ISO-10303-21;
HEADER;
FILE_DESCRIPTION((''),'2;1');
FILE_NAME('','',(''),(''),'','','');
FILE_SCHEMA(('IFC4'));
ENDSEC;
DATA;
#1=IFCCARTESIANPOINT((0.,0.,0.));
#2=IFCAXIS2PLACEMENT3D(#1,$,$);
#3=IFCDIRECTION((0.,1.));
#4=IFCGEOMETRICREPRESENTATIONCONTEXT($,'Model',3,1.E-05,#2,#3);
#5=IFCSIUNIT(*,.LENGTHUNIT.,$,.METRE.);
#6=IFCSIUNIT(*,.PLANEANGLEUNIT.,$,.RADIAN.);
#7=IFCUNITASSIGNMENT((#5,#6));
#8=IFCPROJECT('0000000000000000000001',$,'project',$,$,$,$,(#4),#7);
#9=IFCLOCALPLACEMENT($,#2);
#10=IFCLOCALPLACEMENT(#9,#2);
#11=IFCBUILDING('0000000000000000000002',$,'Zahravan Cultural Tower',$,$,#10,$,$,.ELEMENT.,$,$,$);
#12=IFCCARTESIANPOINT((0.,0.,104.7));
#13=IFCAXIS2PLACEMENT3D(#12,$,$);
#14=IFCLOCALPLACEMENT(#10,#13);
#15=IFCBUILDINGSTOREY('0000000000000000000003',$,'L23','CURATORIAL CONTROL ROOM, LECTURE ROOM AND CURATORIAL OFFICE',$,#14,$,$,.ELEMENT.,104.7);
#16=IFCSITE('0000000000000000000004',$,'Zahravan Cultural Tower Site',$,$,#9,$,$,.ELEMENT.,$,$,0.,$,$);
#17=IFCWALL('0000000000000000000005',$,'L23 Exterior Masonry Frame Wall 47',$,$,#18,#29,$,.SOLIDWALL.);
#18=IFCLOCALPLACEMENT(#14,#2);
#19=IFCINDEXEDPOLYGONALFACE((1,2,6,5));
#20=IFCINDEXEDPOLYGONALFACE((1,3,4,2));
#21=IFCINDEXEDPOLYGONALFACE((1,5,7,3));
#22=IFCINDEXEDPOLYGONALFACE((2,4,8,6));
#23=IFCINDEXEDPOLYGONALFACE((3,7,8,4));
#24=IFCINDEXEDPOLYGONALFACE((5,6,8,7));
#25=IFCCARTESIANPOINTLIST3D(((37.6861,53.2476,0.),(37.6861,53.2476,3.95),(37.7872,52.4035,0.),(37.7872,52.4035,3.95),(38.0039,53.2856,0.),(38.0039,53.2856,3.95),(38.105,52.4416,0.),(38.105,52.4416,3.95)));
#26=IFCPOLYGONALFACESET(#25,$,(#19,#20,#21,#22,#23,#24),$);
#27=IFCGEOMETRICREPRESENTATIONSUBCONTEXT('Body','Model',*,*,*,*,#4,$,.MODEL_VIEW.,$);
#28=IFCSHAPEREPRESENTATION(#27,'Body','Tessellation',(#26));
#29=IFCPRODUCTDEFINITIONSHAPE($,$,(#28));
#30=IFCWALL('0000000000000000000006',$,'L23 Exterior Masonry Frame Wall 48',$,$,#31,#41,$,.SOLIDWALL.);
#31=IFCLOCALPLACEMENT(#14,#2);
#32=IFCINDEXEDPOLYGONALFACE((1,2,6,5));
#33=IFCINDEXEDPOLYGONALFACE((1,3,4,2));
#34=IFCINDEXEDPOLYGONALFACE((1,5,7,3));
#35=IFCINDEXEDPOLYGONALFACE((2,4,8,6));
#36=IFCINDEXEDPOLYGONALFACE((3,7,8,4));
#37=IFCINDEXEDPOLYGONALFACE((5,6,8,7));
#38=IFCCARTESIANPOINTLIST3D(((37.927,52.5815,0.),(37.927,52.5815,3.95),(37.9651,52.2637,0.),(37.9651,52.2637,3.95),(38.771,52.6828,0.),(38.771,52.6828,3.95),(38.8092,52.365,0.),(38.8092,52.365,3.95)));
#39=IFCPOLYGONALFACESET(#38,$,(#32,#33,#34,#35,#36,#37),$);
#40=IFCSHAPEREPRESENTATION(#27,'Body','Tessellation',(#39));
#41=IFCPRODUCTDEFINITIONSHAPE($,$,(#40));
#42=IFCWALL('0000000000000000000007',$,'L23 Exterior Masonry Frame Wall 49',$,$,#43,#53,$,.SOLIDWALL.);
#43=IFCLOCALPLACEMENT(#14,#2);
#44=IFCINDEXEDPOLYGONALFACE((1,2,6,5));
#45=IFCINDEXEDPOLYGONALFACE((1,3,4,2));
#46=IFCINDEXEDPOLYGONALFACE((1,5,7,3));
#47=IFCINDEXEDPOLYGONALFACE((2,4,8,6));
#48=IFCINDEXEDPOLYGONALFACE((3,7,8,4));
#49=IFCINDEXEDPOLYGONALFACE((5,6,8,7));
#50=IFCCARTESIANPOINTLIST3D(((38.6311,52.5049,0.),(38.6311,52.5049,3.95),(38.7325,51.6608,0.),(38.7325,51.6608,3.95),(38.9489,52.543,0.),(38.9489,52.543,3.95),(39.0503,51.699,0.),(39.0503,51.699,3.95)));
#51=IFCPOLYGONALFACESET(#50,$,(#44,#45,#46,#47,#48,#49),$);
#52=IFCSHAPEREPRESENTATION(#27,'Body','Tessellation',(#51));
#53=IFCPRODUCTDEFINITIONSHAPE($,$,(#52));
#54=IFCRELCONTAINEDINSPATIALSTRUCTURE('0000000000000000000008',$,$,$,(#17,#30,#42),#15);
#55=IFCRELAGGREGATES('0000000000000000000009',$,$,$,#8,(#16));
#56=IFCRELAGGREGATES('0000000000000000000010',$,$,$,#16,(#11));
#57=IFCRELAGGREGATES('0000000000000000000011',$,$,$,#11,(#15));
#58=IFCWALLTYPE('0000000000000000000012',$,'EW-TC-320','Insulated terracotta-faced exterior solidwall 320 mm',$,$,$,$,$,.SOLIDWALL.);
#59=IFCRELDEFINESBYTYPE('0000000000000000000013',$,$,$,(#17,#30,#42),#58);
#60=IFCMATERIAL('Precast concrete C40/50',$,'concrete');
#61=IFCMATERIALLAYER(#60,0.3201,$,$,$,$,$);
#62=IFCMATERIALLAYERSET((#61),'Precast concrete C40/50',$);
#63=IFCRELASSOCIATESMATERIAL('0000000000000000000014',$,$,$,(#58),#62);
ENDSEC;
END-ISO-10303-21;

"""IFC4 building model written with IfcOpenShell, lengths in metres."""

from ifc_helpers import new_model, si_unit, direction, frame, frame_2d, origin, place, context, subcontext, project, spatial, rectangle, extrude, source, transform, mapped, material, layer, layer_set, type_object, element, save


model = new_model("IFC4")

# Units and contexts
model_context = context("Model", 3, precision=1e-05, world=origin(), true_north=direction((0.0, 1.0)))
body_context = subcontext(model_context, "Body", "Model", "MODEL_VIEW")
ifc_project = project(units=[si_unit("LENGTHUNIT", "METRE"), si_unit("PLANEANGLEUNIT", "RADIAN")], contexts=[model_context])

# Site, building, storey
site_placement = place(None, origin())
site = spatial("IfcSite", under=ifc_project, at=site_placement, Name="Zahravan Cultural Tower Site", CompositionType="ELEMENT", RefElevation=0.0)
building_placement = place(site_placement, origin())
building = spatial("IfcBuilding", under=site, at=building_placement, Name="Zahravan Cultural Tower", CompositionType="ELEMENT")
storey_placement = place(building_placement, frame((0.0, 0.0, 104.7)))
storey = spatial("IfcBuildingStorey", under=building, at=storey_placement, Name="L23", Description="CURATORIAL CONTROL ROOM, LECTURE ROOM AND CURATORIAL OFFICE", CompositionType="ELEMENT", Elevation=104.7)

# Walls
ifc_material_1 = material(Name="Precast concrete C40/50", Category="concrete")
ifc_layer_1 = layer(ifc_material_1, 0.3201)
ifc_layer_set_1 = layer_set([ifc_layer_1], Name="Precast concrete C40/50")
wall_type = type_object("IfcWallType", Name="EW-TC-320", Description="Insulated terracotta-faced exterior solidwall 320 mm", PredefinedType="SOLIDWALL", material=ifc_layer_set_1)
shared_shape_1 = source(origin(), body_context, "Body", "SweptSolid", [
    extrude(rectangle(XDim=0.8501, YDim=0.3201, at=frame_2d((0.425, 0.0))), origin(), (0.0, 0.0, 1.0), 3.95),
])
for number, where, z_axis, x_axis, name in (
    (1, (37.845, 53.2666, 0.0), (0.0, 0.0, 1.0), (0.118907, -0.992905, 0.0), "L23 Exterior Masonry Frame Wall 47"),
    (2, (37.946, 52.4226, 0.0), (0.0, 0.0, 1.0), (0.992871, 0.119191, 0.0), "L23 Exterior Masonry Frame Wall 48"),
    (3, (38.79, 52.5239, 0.0), (0.0, 0.0, 1.0), (0.119191, -0.992871, 0.0), "L23 Exterior Masonry Frame Wall 49"),
):
    element("IfcWall", number, at=place(storey_placement, frame(where, z_axis=z_axis, x_axis=x_axis)), inside=storey, type_object=wall_type, Name=name, PredefinedType="SOLIDWALL", context=body_context, shape_type="MappedRepresentation", body=[
        mapped(shared_shape_1, transform((0.0, 0.0, 0.0), x_axis=(1.0, 0.0, 0.0), y_axis=(0.0, 1.0, 0.0), z_axis=(0.0, 0.0, 1.0), scale=1.0)),
    ])

save(model, "model.ifc")
